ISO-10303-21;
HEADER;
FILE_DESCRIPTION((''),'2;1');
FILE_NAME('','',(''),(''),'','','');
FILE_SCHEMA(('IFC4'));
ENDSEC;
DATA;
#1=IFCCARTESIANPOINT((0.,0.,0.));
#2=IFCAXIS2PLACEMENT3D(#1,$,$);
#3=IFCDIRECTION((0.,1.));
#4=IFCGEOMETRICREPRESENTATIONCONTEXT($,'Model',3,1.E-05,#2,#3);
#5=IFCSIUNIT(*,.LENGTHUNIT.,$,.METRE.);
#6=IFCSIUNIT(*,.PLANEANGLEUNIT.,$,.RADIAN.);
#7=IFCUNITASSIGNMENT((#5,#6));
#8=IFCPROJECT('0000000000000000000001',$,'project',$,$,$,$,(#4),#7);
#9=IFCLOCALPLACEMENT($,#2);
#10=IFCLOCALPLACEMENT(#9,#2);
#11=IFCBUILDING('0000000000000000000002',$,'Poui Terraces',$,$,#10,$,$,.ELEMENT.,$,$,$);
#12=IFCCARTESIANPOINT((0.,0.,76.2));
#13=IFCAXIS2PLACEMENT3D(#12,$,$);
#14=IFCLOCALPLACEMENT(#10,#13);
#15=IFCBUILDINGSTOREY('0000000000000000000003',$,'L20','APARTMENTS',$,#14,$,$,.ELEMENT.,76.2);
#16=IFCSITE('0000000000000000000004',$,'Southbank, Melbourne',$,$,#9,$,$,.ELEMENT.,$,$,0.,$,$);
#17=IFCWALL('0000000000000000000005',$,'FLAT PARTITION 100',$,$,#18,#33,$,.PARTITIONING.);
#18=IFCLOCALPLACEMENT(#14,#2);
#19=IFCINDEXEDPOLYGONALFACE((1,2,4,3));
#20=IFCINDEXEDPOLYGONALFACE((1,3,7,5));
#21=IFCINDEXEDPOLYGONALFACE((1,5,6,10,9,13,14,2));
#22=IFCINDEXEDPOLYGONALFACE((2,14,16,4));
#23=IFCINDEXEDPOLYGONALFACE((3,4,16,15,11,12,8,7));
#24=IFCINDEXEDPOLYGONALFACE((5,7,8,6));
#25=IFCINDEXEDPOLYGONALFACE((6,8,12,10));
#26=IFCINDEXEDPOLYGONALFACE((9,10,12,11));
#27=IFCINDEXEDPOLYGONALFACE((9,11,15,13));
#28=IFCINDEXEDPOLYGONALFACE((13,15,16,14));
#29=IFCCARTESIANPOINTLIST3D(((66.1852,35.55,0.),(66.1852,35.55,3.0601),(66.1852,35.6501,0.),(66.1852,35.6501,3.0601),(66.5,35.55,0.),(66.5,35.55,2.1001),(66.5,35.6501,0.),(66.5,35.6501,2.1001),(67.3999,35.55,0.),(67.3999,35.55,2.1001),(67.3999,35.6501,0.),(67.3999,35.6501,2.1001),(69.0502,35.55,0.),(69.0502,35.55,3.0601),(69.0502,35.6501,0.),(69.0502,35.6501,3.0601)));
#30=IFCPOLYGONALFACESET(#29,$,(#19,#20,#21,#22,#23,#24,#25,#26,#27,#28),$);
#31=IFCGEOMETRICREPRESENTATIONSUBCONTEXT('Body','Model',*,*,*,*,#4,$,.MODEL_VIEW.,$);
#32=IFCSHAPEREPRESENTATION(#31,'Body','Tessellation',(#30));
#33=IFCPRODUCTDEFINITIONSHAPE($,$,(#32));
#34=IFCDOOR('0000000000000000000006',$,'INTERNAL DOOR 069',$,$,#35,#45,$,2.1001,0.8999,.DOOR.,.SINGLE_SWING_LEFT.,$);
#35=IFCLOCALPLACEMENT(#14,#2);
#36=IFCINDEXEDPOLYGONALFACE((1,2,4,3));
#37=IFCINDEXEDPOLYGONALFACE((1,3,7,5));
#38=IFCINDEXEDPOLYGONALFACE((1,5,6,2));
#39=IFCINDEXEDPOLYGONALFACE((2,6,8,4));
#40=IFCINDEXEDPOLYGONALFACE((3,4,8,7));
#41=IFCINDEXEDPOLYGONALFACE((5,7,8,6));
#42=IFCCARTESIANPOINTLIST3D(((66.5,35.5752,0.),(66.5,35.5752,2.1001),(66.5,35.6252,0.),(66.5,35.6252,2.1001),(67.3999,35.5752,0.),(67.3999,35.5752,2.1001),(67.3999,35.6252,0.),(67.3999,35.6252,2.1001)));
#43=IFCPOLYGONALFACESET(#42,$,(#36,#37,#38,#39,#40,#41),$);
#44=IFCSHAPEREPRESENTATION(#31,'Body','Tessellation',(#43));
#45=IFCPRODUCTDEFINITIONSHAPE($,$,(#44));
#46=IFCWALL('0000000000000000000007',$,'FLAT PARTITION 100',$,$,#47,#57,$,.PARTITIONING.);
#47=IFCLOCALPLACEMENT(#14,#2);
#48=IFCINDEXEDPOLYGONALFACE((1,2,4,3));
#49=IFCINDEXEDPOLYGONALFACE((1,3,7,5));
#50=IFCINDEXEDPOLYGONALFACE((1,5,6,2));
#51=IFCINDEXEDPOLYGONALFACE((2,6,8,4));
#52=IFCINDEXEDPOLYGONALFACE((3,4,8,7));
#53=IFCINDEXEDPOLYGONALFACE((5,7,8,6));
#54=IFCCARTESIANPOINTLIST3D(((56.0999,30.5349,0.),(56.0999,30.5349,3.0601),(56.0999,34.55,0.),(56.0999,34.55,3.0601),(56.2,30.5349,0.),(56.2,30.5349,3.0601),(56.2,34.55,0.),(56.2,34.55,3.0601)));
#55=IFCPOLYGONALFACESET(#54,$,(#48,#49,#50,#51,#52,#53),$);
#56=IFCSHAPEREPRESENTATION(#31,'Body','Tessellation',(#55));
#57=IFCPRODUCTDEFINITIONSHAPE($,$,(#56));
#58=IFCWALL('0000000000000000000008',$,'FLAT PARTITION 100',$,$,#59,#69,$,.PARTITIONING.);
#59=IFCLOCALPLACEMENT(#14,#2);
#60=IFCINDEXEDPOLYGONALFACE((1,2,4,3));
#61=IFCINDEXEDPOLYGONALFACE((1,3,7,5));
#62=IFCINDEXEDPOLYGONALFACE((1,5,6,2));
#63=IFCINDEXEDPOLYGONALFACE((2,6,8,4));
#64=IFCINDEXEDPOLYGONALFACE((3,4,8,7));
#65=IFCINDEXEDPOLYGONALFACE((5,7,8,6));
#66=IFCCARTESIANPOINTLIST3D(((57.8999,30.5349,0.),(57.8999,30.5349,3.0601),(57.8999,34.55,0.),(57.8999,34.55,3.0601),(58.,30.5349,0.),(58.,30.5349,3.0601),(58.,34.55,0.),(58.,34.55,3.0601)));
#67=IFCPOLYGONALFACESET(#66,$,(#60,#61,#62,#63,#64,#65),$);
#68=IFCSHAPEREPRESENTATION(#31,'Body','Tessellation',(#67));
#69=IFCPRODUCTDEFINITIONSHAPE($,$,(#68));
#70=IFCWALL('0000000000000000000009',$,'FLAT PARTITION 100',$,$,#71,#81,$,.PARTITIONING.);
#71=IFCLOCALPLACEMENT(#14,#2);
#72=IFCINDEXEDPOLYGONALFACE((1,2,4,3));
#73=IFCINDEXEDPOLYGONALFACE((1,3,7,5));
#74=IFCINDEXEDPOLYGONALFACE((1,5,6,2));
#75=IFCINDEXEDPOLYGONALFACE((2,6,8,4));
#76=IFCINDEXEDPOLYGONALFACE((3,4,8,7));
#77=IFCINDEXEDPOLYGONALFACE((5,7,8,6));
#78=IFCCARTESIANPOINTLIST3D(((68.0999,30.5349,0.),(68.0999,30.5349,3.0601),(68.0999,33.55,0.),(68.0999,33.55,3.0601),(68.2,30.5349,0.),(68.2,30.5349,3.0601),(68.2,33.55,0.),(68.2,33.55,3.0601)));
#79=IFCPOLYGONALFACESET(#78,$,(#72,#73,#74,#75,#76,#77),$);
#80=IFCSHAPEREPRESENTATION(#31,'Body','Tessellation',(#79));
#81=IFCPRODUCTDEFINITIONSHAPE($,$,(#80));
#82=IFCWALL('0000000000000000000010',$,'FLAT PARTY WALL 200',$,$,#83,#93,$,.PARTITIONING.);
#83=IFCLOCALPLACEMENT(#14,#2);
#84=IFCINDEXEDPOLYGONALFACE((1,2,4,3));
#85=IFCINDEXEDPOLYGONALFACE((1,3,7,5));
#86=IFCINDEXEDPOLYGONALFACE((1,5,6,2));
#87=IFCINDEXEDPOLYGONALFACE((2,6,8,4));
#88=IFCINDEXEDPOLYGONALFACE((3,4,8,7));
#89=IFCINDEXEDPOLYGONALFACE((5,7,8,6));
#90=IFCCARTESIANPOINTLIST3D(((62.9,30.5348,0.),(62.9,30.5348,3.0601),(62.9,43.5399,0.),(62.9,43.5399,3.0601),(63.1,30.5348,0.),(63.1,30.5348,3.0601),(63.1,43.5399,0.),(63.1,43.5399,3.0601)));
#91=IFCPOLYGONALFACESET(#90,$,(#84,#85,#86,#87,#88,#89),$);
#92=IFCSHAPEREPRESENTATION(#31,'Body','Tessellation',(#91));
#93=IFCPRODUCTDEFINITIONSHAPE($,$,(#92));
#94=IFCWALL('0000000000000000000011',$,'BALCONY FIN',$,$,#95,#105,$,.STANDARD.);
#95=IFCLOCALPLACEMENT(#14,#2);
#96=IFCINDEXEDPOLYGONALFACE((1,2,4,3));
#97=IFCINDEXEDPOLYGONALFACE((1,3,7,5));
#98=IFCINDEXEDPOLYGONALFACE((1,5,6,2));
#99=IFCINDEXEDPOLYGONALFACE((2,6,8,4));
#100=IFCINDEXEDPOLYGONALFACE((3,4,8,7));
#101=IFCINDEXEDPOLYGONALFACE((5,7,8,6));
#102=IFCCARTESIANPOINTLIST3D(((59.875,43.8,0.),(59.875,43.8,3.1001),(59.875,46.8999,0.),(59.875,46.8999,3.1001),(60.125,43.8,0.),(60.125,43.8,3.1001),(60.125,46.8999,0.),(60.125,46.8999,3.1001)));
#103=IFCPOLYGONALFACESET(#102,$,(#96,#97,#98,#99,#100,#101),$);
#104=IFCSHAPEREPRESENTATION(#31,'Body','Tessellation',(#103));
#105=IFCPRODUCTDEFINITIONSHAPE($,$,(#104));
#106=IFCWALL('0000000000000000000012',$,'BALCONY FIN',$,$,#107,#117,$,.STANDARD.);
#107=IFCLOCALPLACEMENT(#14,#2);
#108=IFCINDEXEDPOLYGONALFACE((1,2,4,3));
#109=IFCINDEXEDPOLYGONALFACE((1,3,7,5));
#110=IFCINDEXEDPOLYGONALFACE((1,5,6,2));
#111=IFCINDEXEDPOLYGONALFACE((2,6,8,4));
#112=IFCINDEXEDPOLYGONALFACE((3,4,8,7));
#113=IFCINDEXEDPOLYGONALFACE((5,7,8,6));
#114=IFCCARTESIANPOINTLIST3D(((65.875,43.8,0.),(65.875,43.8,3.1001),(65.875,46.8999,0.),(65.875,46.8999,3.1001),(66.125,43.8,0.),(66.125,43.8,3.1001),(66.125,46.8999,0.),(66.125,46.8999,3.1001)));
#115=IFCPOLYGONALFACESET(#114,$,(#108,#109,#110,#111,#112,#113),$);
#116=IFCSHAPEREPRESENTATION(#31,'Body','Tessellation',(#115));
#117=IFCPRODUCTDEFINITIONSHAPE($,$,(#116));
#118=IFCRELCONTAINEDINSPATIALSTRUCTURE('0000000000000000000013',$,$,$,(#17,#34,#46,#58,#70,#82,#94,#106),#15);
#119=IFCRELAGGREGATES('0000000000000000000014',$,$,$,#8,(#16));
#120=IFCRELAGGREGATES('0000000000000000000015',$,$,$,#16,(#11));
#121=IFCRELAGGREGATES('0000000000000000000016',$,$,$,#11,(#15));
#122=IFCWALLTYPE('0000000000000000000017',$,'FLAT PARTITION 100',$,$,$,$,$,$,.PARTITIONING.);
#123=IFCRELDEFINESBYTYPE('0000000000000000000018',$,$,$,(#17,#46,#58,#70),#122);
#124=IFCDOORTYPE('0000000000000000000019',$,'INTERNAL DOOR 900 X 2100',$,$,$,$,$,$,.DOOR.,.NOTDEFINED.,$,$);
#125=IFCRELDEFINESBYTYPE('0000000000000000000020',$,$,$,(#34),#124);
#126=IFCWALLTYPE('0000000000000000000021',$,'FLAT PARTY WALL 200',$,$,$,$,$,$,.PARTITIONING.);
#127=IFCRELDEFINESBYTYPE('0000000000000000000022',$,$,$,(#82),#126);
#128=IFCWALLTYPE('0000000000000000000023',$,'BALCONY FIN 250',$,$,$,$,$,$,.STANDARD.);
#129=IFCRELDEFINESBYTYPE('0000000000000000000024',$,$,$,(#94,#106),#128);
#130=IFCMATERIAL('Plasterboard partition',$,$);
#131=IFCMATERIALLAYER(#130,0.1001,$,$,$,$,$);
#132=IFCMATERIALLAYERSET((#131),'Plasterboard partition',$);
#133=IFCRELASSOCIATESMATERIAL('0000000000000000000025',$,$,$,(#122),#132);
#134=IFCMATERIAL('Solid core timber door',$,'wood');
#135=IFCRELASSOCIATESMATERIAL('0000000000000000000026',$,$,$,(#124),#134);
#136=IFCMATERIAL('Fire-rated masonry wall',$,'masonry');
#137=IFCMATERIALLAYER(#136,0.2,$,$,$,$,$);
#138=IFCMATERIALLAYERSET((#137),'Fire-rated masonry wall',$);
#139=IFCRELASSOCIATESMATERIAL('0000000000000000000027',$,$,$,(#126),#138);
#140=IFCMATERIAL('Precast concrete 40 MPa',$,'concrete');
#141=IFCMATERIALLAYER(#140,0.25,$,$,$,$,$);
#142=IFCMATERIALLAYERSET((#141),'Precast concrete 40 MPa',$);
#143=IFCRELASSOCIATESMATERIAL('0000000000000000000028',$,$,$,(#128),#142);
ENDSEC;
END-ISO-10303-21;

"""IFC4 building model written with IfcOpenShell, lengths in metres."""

from ifc_helpers import new_model, si_unit, direction, frame, frame_2d, origin, place, context, subcontext, project, spatial, polyline, rectangle, outline, extrude, source, transform, mapped, material, layer, layer_set, type_object, element, fill, save


model = new_model("IFC4")

# Units and contexts
model_context = context("Model", 3, precision=1e-05, world=origin(), true_north=direction((0.0, 1.0)))
body_context = subcontext(model_context, "Body", "Model", "MODEL_VIEW")
ifc_project = project(units=[si_unit("LENGTHUNIT", "METRE"), si_unit("PLANEANGLEUNIT", "RADIAN")], contexts=[model_context])

# Site, building, storey
site_placement = place(None, origin())
site = spatial("IfcSite", under=ifc_project, at=site_placement, Name="Southbank, Melbourne", CompositionType="ELEMENT", RefElevation=0.0)
building_placement = place(site_placement, origin())
building = spatial("IfcBuilding", under=site, at=building_placement, Name="Poui Terraces", CompositionType="ELEMENT")
storey_placement = place(building_placement, frame((0.0, 0.0, 76.2)))
storey = spatial("IfcBuildingStorey", under=building, at=storey_placement, Name="L20", Description="APARTMENTS", CompositionType="ELEMENT", Elevation=76.2)

# Wall, opening, door
ifc_material_1 = material(Name="Plasterboard partition")
ifc_layer_1 = layer(ifc_material_1, 0.1001)
ifc_layer_set_1 = layer_set([ifc_layer_1], Name="Plasterboard partition")
wall_type_1 = type_object("IfcWallType", Name="FLAT PARTITION 100", PredefinedType="PARTITIONING", material=ifc_layer_set_1)
ifc_material_2 = material(Name="Solid core timber door", Category="wood")
door_type_1 = type_object("IfcDoorType", Name="INTERNAL DOOR 900 X 2100", OperationType="NOTDEFINED", PredefinedType="DOOR", material=ifc_material_2)
wall_1_placement = place(storey_placement, frame((66.1851, 35.6001, 0.0), z_axis=(0.0, 0.0, 1.0), x_axis=(1.0, 0.0, 0.0)))
wall_1 = element("IfcWall", 1, at=wall_1_placement, inside=storey, type_object=wall_type_1, Name="FLAT PARTITION 100", PredefinedType="PARTITIONING", context=body_context, shape_type="SweptSolid", body=[
    extrude(rectangle(XDim=2.865, YDim=0.1001, at=frame_2d((1.4326, 0.0))), origin(), (0.0, 0.0, 1.0), 3.0601),
])
opening_1_placement = place(wall_1_placement, frame((0.3149, 0.0, 0.0)))
opening_1 = element("IfcOpeningElement", 2, at=opening_1_placement, cuts=wall_1, PredefinedType="OPENING", context=body_context, shape_type="SweptSolid", body=[
    extrude(rectangle(XDim=0.8999, YDim=2.1001, at=frame_2d((0.45, 1.05))), frame((0.0, 0.0601, 0.0), z_axis=(0.0, -1.0, 0.0), x_axis=(1.0, 0.0, 0.0)), (0.0, 0.0, 1.0), 0.1201),
])
door_1_placement = place(opening_1_placement, frame((0.8999, 0.0, 0.0), z_axis=(0.0, 0.0, 1.0), x_axis=(-1.0, 0.0, 0.0)))
door_1 = element("IfcDoor", 3, at=door_1_placement, inside=storey, type_object=door_type_1, Name="INTERNAL DOOR 069", OperationType="SINGLE_SWING_LEFT", OverallHeight=2.1001, OverallWidth=0.8999, PredefinedType="DOOR", context=body_context, shape_type="SweptSolid", body=[
    extrude(rectangle(XDim=0.8999, YDim=2.1001, at=frame_2d((0.45, 1.05))), frame((0.0, 0.0249, 0.0), z_axis=(0.0, -1.0, 0.0), x_axis=(1.0, 0.0, 0.0)), (0.0, 0.0, 1.0), 0.05),
])
fill(opening_1, door_1)

# Walls
for number, where, z_axis, x_axis, name in (
    (4, (56.1499, 30.5349, 0.0), (0.0, 0.0, 1.0), (0.0, 1.0, 0.0), "FLAT PARTITION 100"),
    (5, (57.95, 30.5349, 0.0), (0.0, 0.0, 1.0), (0.0, 1.0, 0.0), "FLAT PARTITION 100"),
):
    element("IfcWall", number, at=place(storey_placement, frame(where, z_axis=z_axis, x_axis=x_axis)), inside=storey, type_object=wall_type_1, Name=name, PredefinedType="PARTITIONING", context=body_context, shape_type="SweptSolid", body=[
        extrude(rectangle(XDim=4.0151, YDim=0.1001, at=frame_2d((2.0076, 0.0))), origin(), (0.0, 0.0, 1.0), 3.0601),
    ])
wall_2_placement = place(storey_placement, frame((68.1499, 30.5349, 0.0), z_axis=(0.0, 0.0, 1.0), x_axis=(0.0, 1.0, 0.0)))
element("IfcWall", 6, at=wall_2_placement, inside=storey, type_object=wall_type_1, Name="FLAT PARTITION 100", PredefinedType="PARTITIONING", context=body_context, shape_type="SweptSolid", body=[
    extrude(rectangle(XDim=3.0151, YDim=0.1001, at=frame_2d((1.5076, 0.0))), origin(), (0.0, 0.0, 1.0), 3.0601),
])
ifc_material_3 = material(Name="Fire-rated masonry wall", Category="masonry")
ifc_layer_2 = layer(ifc_material_3, 0.2)
ifc_layer_set_2 = layer_set([ifc_layer_2], Name="Fire-rated masonry wall")
wall_type_2 = type_object("IfcWallType", Name="FLAT PARTY WALL 200", PredefinedType="PARTITIONING", material=ifc_layer_set_2)
wall_3_placement = place(storey_placement, frame((63.0, 30.5349, 0.0), z_axis=(0.0, 0.0, 1.0), x_axis=(0.0, 1.0, 0.0)))
element("IfcWall", 7, at=wall_3_placement, inside=storey, type_object=wall_type_2, Name="FLAT PARTY WALL 200", PredefinedType="PARTITIONING", context=body_context, shape_type="SweptSolid", body=[
    extrude(rectangle(XDim=13.0051, YDim=0.2, at=frame_2d((6.5024, 0.0))), origin(), (0.0, 0.0, 1.0), 3.0601),
])
ifc_material_4 = material(Name="Precast concrete 40 MPa", Category="concrete")
ifc_layer_3 = layer(ifc_material_4, 0.25)
ifc_layer_set_3 = layer_set([ifc_layer_3], Name="Precast concrete 40 MPa")
wall_type_3 = type_object("IfcWallType", Name="BALCONY FIN 250", PredefinedType="STANDARD", material=ifc_layer_set_3)
shared_shape_1 = source(origin(), body_context, "Body", "SweptSolid", [
    extrude(outline(polyline([(0.0, 0.0), (0.25, 0.0), (0.25, 3.0999), (0.0, 3.0999), (0.0, 0.0)])), origin(), (0.0, 0.0, 1.0), 3.1001),
])
for number, where, name in (
    (8, (59.875, 43.8, 0.0), "BALCONY FIN"),
    (9, (65.875, 43.8, 0.0), "BALCONY FIN"),
):
    element("IfcWall", number, at=place(storey_placement, frame(where)), inside=storey, type_object=wall_type_3, Name=name, PredefinedType="STANDARD", context=body_context, shape_type="MappedRepresentation", body=[
        mapped(shared_shape_1, transform((0.0, 0.0, 0.0))),
    ])

save(model, "model.ifc")
